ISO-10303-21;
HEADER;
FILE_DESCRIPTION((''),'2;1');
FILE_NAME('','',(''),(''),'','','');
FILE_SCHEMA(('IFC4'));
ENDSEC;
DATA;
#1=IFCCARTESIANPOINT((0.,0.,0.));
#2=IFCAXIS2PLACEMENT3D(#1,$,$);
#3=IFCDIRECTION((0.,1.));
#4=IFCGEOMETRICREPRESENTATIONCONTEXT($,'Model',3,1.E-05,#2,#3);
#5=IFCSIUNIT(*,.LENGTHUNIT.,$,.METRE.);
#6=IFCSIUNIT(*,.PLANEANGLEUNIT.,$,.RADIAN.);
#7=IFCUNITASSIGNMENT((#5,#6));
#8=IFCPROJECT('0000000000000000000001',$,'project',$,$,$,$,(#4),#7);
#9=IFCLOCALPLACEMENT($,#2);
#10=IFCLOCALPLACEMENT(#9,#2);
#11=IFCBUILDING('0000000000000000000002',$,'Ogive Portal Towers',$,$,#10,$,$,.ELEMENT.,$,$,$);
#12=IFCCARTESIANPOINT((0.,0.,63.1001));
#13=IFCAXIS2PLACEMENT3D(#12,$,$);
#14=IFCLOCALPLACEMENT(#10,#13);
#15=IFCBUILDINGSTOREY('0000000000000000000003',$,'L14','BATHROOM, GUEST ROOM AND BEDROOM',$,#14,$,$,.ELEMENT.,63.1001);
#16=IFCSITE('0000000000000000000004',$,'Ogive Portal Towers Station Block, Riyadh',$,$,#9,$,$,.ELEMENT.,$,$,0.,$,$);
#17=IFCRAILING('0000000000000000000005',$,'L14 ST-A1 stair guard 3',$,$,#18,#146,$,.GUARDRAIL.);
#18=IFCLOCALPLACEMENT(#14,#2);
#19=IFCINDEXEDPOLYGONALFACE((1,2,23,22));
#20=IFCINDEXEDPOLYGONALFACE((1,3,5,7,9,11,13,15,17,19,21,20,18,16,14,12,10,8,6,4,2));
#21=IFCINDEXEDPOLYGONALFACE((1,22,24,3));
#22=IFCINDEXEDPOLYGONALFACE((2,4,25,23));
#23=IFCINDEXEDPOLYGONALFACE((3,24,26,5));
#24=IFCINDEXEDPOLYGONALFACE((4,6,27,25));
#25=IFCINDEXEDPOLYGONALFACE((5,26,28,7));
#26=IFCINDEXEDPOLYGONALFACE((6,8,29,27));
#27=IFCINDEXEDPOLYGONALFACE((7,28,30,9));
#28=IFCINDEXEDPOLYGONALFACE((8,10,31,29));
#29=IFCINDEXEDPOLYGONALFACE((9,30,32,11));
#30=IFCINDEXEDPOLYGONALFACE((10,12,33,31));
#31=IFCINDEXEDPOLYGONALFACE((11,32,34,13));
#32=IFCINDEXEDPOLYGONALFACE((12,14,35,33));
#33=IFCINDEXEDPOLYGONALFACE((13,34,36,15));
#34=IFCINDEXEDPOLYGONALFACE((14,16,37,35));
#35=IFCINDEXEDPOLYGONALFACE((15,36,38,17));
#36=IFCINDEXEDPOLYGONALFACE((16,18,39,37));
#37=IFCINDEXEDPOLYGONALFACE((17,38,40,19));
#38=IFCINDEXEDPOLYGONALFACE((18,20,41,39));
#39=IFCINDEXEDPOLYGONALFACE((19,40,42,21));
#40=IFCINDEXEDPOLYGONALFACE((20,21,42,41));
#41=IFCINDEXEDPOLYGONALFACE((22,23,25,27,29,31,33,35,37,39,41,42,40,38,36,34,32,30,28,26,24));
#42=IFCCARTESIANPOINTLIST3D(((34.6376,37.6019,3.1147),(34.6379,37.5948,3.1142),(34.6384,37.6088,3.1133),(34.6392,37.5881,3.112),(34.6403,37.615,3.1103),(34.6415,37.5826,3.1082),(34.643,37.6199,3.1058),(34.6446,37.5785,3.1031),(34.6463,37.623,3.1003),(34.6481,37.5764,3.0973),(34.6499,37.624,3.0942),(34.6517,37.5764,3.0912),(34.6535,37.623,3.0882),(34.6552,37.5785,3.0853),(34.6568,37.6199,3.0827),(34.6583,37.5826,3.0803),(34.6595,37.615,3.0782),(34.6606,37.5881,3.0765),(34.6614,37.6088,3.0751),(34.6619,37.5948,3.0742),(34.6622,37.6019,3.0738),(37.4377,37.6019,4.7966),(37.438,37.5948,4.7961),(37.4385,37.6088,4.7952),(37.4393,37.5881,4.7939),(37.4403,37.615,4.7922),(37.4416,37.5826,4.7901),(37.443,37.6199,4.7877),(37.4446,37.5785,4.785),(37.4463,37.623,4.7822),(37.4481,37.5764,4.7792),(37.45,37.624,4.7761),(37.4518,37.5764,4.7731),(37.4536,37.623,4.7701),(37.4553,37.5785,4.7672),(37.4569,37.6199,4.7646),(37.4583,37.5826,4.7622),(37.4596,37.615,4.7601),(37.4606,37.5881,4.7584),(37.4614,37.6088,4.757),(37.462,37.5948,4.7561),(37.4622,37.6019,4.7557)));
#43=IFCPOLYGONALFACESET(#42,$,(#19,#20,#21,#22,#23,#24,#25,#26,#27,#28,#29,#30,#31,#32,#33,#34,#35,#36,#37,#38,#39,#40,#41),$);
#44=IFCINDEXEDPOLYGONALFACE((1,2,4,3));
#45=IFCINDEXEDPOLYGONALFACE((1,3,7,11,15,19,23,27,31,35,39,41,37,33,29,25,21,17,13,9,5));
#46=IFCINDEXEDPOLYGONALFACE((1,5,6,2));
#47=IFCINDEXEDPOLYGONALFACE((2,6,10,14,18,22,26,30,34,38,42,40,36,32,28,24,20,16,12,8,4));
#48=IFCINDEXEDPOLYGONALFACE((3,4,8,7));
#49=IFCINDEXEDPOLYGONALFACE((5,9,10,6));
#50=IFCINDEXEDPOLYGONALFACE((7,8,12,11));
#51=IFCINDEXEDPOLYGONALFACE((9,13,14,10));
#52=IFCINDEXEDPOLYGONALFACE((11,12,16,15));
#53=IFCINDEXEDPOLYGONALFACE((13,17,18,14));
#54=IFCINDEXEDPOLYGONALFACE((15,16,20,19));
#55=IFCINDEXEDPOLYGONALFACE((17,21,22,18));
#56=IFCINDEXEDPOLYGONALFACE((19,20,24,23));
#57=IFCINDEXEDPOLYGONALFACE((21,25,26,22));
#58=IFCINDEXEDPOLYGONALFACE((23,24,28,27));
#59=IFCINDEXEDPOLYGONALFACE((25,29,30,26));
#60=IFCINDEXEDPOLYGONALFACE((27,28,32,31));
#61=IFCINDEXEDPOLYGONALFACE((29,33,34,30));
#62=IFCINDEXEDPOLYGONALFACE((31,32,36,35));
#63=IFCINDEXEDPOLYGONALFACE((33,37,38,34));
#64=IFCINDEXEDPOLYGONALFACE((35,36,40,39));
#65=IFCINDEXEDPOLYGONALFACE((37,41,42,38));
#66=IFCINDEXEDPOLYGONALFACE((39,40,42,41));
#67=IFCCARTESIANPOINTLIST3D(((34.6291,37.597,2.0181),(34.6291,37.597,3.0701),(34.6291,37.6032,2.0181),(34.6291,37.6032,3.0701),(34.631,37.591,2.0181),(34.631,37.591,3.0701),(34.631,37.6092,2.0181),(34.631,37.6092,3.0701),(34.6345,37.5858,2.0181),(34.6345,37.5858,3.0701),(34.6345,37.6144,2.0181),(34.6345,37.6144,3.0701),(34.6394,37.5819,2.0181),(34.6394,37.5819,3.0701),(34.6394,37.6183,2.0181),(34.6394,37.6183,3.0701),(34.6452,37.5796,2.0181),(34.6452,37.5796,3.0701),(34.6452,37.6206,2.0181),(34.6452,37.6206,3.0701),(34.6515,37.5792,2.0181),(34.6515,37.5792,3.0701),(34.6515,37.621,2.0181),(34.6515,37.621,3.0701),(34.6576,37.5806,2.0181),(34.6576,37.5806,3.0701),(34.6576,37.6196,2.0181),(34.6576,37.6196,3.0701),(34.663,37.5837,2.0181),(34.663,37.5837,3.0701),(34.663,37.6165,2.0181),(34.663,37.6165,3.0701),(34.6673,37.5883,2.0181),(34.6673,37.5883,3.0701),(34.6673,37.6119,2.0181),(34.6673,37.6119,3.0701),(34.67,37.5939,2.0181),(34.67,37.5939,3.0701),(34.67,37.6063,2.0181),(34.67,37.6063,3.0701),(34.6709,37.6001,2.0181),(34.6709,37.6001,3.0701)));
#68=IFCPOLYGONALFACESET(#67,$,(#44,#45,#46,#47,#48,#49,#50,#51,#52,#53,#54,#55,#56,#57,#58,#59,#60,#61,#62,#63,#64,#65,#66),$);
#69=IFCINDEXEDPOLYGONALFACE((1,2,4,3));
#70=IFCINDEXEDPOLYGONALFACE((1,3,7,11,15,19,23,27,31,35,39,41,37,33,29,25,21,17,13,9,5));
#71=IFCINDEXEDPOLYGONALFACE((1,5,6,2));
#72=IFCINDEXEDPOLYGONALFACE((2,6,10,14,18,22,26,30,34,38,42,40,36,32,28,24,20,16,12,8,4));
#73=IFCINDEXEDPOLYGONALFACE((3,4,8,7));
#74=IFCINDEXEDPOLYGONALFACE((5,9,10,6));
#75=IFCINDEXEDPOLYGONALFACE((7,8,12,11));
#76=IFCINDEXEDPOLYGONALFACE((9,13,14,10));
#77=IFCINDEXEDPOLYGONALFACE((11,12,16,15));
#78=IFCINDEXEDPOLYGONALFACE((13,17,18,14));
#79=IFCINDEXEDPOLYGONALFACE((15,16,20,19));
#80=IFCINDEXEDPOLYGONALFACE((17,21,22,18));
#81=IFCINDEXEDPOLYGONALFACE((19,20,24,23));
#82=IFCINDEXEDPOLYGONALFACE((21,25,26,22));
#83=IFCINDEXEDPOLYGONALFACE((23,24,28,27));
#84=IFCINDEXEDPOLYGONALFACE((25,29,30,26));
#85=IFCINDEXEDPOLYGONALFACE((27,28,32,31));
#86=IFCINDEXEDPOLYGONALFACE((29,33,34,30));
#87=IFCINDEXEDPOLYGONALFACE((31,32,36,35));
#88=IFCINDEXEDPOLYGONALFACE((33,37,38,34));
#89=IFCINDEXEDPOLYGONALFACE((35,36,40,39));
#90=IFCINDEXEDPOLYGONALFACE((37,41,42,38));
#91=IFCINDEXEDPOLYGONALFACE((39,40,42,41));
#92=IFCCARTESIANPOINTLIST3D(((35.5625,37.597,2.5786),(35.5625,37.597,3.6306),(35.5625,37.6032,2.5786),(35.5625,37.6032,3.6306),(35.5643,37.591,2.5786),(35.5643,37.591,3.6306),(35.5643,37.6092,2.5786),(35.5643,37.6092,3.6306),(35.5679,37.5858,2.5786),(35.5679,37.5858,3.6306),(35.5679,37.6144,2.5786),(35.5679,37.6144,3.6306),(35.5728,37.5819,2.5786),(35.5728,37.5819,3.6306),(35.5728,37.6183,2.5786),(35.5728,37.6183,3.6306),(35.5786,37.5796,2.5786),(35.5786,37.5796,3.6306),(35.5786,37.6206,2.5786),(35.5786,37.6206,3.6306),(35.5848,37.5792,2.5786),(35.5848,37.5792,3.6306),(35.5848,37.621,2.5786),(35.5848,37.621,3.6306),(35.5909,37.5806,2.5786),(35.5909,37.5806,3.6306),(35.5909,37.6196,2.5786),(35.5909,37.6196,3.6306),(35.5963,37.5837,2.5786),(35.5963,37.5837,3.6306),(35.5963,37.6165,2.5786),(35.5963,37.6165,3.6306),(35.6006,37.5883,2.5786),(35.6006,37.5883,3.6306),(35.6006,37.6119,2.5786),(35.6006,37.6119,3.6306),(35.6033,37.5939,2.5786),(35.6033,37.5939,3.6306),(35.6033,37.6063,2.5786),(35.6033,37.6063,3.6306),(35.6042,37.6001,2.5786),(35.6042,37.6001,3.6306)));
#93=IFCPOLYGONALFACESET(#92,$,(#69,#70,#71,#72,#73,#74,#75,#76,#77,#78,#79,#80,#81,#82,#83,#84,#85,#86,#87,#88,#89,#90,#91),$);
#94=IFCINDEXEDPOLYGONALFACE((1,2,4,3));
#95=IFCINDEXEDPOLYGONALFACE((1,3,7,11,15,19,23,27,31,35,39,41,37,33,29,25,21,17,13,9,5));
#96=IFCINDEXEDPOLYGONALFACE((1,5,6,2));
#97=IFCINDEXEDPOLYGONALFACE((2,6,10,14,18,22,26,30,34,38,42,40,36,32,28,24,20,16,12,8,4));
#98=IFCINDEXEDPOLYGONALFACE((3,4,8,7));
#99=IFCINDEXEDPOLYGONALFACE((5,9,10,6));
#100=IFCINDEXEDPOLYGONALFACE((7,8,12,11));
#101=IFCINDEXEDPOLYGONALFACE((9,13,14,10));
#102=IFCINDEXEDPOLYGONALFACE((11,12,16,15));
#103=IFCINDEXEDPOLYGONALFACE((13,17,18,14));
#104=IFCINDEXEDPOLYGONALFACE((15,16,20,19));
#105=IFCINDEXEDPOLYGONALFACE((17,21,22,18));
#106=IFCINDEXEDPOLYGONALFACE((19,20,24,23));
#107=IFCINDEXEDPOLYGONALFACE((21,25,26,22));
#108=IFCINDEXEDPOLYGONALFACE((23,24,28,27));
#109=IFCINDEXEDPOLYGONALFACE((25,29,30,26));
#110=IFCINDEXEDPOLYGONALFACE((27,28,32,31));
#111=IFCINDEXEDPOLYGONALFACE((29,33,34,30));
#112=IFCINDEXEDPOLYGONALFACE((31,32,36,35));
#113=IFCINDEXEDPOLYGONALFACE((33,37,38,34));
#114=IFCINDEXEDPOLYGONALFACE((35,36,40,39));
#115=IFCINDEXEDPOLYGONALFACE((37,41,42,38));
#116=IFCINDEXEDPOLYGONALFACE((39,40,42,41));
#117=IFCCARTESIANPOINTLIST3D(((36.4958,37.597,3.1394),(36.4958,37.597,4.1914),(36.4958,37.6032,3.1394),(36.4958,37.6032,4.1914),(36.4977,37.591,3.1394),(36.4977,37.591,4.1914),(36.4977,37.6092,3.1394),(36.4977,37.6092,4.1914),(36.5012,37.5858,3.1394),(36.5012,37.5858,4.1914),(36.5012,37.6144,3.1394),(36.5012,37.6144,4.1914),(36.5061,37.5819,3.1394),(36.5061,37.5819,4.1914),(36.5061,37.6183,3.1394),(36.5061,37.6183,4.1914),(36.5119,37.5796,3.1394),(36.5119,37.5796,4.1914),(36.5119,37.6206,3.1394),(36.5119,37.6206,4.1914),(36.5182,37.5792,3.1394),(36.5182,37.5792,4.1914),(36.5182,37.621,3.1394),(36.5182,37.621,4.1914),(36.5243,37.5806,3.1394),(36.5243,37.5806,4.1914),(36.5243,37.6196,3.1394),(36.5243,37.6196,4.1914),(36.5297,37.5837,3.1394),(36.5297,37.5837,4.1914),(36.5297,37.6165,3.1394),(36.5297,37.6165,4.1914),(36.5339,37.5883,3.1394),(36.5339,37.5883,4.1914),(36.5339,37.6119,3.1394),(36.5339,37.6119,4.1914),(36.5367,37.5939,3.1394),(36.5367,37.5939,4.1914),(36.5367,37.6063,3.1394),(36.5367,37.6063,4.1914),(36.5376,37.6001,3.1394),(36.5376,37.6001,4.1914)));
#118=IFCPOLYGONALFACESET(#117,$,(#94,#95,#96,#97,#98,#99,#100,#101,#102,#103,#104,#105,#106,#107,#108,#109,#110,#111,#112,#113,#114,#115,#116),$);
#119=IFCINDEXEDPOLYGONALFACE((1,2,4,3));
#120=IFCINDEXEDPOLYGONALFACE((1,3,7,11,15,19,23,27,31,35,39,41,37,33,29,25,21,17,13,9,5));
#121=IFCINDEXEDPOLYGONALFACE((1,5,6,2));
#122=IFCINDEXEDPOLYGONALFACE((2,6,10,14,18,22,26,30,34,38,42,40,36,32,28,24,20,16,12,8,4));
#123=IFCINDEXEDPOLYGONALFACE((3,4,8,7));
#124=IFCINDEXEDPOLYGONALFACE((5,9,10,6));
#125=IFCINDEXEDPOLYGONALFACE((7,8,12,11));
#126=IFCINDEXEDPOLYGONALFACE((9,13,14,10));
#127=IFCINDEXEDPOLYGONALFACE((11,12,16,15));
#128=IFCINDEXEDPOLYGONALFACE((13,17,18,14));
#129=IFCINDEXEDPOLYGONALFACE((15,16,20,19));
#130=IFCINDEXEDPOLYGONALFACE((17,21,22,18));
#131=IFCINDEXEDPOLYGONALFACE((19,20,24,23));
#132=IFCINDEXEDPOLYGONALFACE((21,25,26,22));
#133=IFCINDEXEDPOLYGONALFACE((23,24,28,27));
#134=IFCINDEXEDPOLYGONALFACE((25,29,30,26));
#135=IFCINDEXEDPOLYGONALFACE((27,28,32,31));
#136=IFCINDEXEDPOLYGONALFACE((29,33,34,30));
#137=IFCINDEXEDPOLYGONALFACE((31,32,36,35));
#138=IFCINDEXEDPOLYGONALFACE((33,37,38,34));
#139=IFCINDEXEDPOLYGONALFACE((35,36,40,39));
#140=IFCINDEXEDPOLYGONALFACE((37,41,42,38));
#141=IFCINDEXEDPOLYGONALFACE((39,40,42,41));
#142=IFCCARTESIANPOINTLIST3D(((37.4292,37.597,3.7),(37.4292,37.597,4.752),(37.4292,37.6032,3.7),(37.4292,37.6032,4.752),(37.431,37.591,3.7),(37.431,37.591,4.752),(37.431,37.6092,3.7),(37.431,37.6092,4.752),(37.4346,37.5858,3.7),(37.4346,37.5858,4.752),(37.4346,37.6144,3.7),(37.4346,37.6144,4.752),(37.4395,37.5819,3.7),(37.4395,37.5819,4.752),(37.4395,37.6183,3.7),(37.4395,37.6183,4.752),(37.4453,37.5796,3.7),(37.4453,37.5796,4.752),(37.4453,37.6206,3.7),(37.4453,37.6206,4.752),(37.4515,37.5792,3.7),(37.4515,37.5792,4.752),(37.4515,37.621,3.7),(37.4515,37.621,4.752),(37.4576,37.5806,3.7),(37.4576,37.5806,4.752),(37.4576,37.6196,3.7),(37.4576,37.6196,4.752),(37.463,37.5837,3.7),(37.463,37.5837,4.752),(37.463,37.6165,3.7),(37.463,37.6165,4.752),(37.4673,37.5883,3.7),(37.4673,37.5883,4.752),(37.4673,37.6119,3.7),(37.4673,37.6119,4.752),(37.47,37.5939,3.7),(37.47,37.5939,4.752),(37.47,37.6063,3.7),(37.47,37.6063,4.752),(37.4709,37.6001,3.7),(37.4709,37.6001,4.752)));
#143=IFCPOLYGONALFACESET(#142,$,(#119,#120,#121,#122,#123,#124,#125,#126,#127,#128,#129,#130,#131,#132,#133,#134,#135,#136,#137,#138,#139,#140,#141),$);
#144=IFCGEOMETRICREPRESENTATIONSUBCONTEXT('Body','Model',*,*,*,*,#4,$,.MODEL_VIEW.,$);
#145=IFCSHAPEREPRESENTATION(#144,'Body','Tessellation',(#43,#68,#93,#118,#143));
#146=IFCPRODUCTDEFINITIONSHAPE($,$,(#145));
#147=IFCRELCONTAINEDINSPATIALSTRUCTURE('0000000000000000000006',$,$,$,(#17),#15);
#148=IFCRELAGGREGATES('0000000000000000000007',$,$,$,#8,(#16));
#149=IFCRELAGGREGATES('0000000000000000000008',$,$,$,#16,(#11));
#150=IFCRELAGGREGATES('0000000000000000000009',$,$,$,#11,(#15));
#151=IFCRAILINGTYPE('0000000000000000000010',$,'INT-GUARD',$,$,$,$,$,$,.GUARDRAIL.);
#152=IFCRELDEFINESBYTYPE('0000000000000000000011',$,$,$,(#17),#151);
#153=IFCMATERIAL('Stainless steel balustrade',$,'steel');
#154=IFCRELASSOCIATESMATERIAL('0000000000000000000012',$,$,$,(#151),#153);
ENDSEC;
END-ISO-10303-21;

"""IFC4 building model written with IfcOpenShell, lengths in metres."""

from ifc_helpers import new_model, si_unit, direction, frame, origin, origin_2d, place, context, subcontext, project, spatial, circle, extrude, material, type_object, element, save


model = new_model("IFC4")

# Units and contexts
model_context = context("Model", 3, precision=1e-05, world=origin(), true_north=direction((0.0, 1.0)))
body_context = subcontext(model_context, "Body", "Model", "MODEL_VIEW")
ifc_project = project(units=[si_unit("LENGTHUNIT", "METRE"), si_unit("PLANEANGLEUNIT", "RADIAN")], contexts=[model_context])

# Site, building, storey
site_placement = place(None, origin())
site = spatial("IfcSite", under=ifc_project, at=site_placement, Name="Ogive Portal Towers Station Block, Riyadh", CompositionType="ELEMENT", RefElevation=0.0)
building_placement = place(site_placement, origin())
building = spatial("IfcBuilding", under=site, at=building_placement, Name="Ogive Portal Towers", CompositionType="ELEMENT")
storey_placement = place(building_placement, frame((0.0, 0.0, 63.1001)))
storey = spatial("IfcBuildingStorey", under=building, at=storey_placement, Name="L14", Description="BATHROOM, GUEST ROOM AND BEDROOM", CompositionType="ELEMENT", Elevation=63.1001)

# Railing
ifc_material_1 = material(Name="Stainless steel balustrade", Category="steel")
railing_type_1 = type_object("IfcRailingType", Name="INT-GUARD", PredefinedType="GUARDRAIL", material=ifc_material_1)
railing_1_placement = place(storey_placement, frame((34.6499, 37.6001, 2.0181)))
element("IfcRailing", 1, at=railing_1_placement, inside=storey, type_object=railing_type_1, Name="L14 ST-A1 stair guard 3", PredefinedType="GUARDRAIL", context=body_context, shape_type="SweptSolid", body=[
    extrude(circle(Radius=0.0239, at=origin_2d()), frame((0.0, 0.0, 1.0762), z_axis=(0.857242, 0.0, 0.514913), x_axis=(0.0, 1.0, 0.0)), (0.0, 0.0, 1.0), 3.2664),
    extrude(circle(Radius=0.021, at=origin_2d()), origin(), (0.0, 0.0, 1.0), 1.052),
    extrude(circle(Radius=0.021, at=origin_2d()), frame((0.9333, 0.0, 0.5605)), (0.0, 0.0, 1.0), 1.052),
    extrude(circle(Radius=0.021, at=origin_2d()), frame((1.8667, 0.0, 1.1213)), (0.0, 0.0, 1.0), 1.052),
    extrude(circle(Radius=0.021, at=origin_2d()), frame((2.8, 0.0, 1.6819)), (0.0, 0.0, 1.0), 1.052),
])

save(model, "model.ifc")
